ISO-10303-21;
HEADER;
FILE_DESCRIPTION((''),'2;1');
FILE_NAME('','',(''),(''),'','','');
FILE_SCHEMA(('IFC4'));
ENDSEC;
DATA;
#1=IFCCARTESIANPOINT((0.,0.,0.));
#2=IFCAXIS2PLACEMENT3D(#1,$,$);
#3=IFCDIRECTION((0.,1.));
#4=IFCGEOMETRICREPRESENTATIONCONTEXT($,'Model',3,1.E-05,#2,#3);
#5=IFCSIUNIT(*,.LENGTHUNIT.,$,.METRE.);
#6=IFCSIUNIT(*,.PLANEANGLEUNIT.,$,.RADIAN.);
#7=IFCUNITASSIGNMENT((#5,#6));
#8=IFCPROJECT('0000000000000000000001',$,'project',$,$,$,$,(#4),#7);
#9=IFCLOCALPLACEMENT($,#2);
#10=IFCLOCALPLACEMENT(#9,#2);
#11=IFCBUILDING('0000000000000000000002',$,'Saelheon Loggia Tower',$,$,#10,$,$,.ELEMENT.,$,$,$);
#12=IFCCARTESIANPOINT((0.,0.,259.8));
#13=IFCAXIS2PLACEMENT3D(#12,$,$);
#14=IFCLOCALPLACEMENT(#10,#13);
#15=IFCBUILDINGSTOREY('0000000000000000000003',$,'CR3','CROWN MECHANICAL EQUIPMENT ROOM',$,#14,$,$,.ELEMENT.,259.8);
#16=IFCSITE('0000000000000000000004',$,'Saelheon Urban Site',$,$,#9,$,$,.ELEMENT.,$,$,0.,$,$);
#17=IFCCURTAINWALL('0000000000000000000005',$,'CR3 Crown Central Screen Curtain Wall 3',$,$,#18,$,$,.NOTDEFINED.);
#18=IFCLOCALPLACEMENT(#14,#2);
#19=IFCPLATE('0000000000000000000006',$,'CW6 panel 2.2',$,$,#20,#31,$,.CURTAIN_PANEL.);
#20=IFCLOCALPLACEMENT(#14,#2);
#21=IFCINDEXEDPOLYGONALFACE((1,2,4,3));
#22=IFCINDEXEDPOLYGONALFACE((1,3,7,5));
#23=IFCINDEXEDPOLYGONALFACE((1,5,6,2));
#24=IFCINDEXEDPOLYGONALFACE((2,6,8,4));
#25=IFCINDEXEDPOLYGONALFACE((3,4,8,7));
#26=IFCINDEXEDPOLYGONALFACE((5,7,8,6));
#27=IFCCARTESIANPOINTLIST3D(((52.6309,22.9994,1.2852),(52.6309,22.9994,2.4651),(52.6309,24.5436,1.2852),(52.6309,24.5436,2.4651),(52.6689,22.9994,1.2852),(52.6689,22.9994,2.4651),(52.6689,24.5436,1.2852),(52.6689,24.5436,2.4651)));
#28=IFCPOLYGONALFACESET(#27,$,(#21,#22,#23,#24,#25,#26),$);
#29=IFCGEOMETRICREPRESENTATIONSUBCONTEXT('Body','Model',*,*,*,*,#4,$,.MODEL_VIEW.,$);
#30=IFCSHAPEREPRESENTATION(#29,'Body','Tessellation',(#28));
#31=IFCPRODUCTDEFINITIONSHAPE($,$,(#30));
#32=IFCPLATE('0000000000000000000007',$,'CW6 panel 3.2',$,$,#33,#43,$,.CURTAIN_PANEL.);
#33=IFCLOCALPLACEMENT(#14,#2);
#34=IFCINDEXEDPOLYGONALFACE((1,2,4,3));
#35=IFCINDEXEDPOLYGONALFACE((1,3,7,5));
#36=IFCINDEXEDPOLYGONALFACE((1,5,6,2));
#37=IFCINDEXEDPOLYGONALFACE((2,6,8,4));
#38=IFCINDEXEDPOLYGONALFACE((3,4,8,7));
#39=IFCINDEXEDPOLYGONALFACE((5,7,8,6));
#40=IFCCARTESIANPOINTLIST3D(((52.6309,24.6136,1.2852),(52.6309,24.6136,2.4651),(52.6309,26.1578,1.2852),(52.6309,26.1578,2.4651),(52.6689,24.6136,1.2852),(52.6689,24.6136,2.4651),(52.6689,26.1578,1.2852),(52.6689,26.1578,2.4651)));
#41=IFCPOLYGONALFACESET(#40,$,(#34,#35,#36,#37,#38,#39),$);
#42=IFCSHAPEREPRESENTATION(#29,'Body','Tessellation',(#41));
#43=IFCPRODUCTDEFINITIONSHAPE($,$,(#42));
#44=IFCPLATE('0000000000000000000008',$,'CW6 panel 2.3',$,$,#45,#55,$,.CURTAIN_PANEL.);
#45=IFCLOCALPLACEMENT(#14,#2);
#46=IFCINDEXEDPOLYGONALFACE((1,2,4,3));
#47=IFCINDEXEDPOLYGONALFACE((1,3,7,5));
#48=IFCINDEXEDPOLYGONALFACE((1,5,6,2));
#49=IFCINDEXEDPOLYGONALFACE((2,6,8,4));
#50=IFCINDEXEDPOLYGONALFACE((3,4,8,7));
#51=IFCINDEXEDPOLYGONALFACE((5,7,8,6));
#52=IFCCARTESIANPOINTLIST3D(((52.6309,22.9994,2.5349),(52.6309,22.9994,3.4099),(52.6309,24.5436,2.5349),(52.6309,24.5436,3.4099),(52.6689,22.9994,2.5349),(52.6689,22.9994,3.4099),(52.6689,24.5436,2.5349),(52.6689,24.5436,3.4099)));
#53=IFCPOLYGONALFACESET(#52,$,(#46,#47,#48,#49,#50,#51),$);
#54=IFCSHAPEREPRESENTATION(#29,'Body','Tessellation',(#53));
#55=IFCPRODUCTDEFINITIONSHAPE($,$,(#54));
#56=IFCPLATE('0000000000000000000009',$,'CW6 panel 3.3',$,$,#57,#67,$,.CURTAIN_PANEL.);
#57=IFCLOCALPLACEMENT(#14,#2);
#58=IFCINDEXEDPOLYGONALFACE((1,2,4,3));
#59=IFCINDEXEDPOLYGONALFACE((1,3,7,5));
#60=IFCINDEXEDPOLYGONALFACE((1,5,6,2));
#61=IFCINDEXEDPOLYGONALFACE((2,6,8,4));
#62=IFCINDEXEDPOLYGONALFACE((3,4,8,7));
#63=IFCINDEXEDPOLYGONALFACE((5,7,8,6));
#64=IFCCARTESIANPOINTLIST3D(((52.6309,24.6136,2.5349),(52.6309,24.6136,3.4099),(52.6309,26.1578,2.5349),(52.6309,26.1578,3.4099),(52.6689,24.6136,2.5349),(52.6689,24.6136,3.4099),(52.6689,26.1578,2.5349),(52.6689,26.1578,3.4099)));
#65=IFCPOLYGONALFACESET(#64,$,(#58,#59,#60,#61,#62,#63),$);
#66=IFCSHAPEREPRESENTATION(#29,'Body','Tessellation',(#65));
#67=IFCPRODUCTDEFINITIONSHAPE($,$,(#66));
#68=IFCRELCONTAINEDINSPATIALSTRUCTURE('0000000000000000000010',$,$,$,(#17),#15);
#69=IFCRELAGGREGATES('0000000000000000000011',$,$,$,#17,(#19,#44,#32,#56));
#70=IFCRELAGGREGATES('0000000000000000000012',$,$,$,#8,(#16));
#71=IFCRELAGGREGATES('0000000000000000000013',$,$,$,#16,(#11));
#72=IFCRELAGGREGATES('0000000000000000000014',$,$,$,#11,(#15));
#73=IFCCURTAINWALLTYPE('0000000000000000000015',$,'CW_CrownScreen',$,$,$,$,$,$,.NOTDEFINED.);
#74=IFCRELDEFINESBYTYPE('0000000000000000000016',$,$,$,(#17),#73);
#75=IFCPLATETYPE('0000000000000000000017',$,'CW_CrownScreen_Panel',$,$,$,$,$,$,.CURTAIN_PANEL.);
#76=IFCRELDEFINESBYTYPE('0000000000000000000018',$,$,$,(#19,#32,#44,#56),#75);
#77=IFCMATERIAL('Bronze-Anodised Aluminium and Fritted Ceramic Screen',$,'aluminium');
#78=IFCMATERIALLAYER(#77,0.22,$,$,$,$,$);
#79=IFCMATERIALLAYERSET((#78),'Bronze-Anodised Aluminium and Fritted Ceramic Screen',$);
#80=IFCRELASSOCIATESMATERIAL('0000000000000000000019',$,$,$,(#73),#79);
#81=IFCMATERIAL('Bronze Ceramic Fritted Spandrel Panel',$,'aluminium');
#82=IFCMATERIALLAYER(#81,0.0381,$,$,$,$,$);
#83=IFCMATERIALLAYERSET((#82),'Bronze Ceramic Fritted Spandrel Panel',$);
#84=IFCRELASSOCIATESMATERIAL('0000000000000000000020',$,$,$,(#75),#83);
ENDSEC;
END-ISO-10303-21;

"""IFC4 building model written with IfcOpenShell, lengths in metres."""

from ifc_helpers import new_model, si_unit, direction, frame, origin, origin_2d, place, context, subcontext, project, spatial, rectangle, extrude, source, transform, mapped, material, layer, layer_set, type_object, element, aggregate, save


model = new_model("IFC4")

# Units and contexts
model_context = context("Model", 3, precision=1e-05, world=origin(), true_north=direction((0.0, 1.0)))
body_context = subcontext(model_context, "Body", "Model", "MODEL_VIEW")
ifc_project = project(units=[si_unit("LENGTHUNIT", "METRE"), si_unit("PLANEANGLEUNIT", "RADIAN")], contexts=[model_context])

# Site, building, storey
site_placement = place(None, origin())
site = spatial("IfcSite", under=ifc_project, at=site_placement, Name="Saelheon Urban Site", CompositionType="ELEMENT", RefElevation=0.0)
building_placement = place(site_placement, origin())
building = spatial("IfcBuilding", under=site, at=building_placement, Name="Saelheon Loggia Tower", CompositionType="ELEMENT")
storey_placement = place(building_placement, frame((0.0, 0.0, 259.8)))
storey = spatial("IfcBuildingStorey", under=building, at=storey_placement, Name="CR3", Description="CROWN MECHANICAL EQUIPMENT ROOM", CompositionType="ELEMENT", Elevation=259.8)

# Curtain wall, plates
ifc_material_1 = material(Name="Bronze-Anodised Aluminium and Fritted Ceramic Screen", Category="aluminium")
ifc_layer_1 = layer(ifc_material_1, 0.22)
ifc_layer_set_1 = layer_set([ifc_layer_1], Name="Bronze-Anodised Aluminium and Fritted Ceramic Screen")
curtain_wall_type = type_object("IfcCurtainWallType", Name="CW_CrownScreen", PredefinedType="NOTDEFINED", material=ifc_layer_set_1)
curtain_wall_placement = place(storey_placement, origin())
curtain_wall = element("IfcCurtainWall", 1, at=curtain_wall_placement, inside=storey, type_object=curtain_wall_type, Name="CR3 Crown Central Screen Curtain Wall 3", PredefinedType="NOTDEFINED")
ifc_material_2 = material(Name="Bronze Ceramic Fritted Spandrel Panel", Category="aluminium")
ifc_layer_2 = layer(ifc_material_2, 0.0381)
ifc_layer_set_2 = layer_set([ifc_layer_2], Name="Bronze Ceramic Fritted Spandrel Panel")
plate_type = type_object("IfcPlateType", Name="CW_CrownScreen_Panel", PredefinedType="CURTAIN_PANEL", material=ifc_layer_set_2)
shared_shape_1 = source(origin(), body_context, "Body", "SweptSolid", [
    extrude(rectangle(XDim=1.5442, YDim=0.0381, at=origin_2d()), origin(), (0.0, 0.0, 1.0), 1.1799),
])
plate_1_placement = place(storey_placement, frame((52.6499, 23.7715, 1.2852), z_axis=(0.0, 0.0, 1.0), x_axis=(0.0, 1.0, 0.0)))
plate_1 = element("IfcPlate", 2, at=plate_1_placement, type_object=plate_type, Name="CW6 panel 2.2", PredefinedType="CURTAIN_PANEL", context=body_context, shape_type="MappedRepresentation", body=[
    mapped(shared_shape_1, transform((0.0, 0.0, 0.0), scale=1.0)),
])
plate_2_placement = place(storey_placement, frame((52.6499, 25.3857, 1.2852), z_axis=(0.0, 0.0, 1.0), x_axis=(0.0, 1.0, 0.0)))
plate_2 = element("IfcPlate", 3, at=plate_2_placement, type_object=plate_type, Name="CW6 panel 3.2", PredefinedType="CURTAIN_PANEL", context=body_context, shape_type="MappedRepresentation", body=[
    mapped(shared_shape_1, transform((0.0, 0.0, 0.0), scale=1.0)),
])
shared_shape_2 = source(origin(), body_context, "Body", "SweptSolid", [
    extrude(rectangle(XDim=1.5442, YDim=0.0381, at=origin_2d()), origin(), (0.0, 0.0, 1.0), 0.875),
])
plate_3_placement = place(storey_placement, frame((52.6499, 23.7715, 2.5349), z_axis=(0.0, 0.0, 1.0), x_axis=(0.0, 1.0, 0.0)))
plate_3 = element("IfcPlate", 4, at=plate_3_placement, type_object=plate_type, Name="CW6 panel 2.3", PredefinedType="CURTAIN_PANEL", context=body_context, shape_type="MappedRepresentation", body=[
    mapped(shared_shape_2, transform((0.0, 0.0, 0.0), scale=1.0)),
])
plate_4_placement = place(storey_placement, frame((52.6499, 25.3857, 2.5349), z_axis=(0.0, 0.0, 1.0), x_axis=(0.0, 1.0, 0.0)))
plate_4 = element("IfcPlate", 5, at=plate_4_placement, type_object=plate_type, Name="CW6 panel 3.3", PredefinedType="CURTAIN_PANEL", context=body_context, shape_type="MappedRepresentation", body=[
    mapped(shared_shape_2, transform((0.0, 0.0, 0.0), scale=1.0)),
])
aggregate(curtain_wall, [plate_1, plate_3, plate_2, plate_4])

save(model, "model.ifc")
